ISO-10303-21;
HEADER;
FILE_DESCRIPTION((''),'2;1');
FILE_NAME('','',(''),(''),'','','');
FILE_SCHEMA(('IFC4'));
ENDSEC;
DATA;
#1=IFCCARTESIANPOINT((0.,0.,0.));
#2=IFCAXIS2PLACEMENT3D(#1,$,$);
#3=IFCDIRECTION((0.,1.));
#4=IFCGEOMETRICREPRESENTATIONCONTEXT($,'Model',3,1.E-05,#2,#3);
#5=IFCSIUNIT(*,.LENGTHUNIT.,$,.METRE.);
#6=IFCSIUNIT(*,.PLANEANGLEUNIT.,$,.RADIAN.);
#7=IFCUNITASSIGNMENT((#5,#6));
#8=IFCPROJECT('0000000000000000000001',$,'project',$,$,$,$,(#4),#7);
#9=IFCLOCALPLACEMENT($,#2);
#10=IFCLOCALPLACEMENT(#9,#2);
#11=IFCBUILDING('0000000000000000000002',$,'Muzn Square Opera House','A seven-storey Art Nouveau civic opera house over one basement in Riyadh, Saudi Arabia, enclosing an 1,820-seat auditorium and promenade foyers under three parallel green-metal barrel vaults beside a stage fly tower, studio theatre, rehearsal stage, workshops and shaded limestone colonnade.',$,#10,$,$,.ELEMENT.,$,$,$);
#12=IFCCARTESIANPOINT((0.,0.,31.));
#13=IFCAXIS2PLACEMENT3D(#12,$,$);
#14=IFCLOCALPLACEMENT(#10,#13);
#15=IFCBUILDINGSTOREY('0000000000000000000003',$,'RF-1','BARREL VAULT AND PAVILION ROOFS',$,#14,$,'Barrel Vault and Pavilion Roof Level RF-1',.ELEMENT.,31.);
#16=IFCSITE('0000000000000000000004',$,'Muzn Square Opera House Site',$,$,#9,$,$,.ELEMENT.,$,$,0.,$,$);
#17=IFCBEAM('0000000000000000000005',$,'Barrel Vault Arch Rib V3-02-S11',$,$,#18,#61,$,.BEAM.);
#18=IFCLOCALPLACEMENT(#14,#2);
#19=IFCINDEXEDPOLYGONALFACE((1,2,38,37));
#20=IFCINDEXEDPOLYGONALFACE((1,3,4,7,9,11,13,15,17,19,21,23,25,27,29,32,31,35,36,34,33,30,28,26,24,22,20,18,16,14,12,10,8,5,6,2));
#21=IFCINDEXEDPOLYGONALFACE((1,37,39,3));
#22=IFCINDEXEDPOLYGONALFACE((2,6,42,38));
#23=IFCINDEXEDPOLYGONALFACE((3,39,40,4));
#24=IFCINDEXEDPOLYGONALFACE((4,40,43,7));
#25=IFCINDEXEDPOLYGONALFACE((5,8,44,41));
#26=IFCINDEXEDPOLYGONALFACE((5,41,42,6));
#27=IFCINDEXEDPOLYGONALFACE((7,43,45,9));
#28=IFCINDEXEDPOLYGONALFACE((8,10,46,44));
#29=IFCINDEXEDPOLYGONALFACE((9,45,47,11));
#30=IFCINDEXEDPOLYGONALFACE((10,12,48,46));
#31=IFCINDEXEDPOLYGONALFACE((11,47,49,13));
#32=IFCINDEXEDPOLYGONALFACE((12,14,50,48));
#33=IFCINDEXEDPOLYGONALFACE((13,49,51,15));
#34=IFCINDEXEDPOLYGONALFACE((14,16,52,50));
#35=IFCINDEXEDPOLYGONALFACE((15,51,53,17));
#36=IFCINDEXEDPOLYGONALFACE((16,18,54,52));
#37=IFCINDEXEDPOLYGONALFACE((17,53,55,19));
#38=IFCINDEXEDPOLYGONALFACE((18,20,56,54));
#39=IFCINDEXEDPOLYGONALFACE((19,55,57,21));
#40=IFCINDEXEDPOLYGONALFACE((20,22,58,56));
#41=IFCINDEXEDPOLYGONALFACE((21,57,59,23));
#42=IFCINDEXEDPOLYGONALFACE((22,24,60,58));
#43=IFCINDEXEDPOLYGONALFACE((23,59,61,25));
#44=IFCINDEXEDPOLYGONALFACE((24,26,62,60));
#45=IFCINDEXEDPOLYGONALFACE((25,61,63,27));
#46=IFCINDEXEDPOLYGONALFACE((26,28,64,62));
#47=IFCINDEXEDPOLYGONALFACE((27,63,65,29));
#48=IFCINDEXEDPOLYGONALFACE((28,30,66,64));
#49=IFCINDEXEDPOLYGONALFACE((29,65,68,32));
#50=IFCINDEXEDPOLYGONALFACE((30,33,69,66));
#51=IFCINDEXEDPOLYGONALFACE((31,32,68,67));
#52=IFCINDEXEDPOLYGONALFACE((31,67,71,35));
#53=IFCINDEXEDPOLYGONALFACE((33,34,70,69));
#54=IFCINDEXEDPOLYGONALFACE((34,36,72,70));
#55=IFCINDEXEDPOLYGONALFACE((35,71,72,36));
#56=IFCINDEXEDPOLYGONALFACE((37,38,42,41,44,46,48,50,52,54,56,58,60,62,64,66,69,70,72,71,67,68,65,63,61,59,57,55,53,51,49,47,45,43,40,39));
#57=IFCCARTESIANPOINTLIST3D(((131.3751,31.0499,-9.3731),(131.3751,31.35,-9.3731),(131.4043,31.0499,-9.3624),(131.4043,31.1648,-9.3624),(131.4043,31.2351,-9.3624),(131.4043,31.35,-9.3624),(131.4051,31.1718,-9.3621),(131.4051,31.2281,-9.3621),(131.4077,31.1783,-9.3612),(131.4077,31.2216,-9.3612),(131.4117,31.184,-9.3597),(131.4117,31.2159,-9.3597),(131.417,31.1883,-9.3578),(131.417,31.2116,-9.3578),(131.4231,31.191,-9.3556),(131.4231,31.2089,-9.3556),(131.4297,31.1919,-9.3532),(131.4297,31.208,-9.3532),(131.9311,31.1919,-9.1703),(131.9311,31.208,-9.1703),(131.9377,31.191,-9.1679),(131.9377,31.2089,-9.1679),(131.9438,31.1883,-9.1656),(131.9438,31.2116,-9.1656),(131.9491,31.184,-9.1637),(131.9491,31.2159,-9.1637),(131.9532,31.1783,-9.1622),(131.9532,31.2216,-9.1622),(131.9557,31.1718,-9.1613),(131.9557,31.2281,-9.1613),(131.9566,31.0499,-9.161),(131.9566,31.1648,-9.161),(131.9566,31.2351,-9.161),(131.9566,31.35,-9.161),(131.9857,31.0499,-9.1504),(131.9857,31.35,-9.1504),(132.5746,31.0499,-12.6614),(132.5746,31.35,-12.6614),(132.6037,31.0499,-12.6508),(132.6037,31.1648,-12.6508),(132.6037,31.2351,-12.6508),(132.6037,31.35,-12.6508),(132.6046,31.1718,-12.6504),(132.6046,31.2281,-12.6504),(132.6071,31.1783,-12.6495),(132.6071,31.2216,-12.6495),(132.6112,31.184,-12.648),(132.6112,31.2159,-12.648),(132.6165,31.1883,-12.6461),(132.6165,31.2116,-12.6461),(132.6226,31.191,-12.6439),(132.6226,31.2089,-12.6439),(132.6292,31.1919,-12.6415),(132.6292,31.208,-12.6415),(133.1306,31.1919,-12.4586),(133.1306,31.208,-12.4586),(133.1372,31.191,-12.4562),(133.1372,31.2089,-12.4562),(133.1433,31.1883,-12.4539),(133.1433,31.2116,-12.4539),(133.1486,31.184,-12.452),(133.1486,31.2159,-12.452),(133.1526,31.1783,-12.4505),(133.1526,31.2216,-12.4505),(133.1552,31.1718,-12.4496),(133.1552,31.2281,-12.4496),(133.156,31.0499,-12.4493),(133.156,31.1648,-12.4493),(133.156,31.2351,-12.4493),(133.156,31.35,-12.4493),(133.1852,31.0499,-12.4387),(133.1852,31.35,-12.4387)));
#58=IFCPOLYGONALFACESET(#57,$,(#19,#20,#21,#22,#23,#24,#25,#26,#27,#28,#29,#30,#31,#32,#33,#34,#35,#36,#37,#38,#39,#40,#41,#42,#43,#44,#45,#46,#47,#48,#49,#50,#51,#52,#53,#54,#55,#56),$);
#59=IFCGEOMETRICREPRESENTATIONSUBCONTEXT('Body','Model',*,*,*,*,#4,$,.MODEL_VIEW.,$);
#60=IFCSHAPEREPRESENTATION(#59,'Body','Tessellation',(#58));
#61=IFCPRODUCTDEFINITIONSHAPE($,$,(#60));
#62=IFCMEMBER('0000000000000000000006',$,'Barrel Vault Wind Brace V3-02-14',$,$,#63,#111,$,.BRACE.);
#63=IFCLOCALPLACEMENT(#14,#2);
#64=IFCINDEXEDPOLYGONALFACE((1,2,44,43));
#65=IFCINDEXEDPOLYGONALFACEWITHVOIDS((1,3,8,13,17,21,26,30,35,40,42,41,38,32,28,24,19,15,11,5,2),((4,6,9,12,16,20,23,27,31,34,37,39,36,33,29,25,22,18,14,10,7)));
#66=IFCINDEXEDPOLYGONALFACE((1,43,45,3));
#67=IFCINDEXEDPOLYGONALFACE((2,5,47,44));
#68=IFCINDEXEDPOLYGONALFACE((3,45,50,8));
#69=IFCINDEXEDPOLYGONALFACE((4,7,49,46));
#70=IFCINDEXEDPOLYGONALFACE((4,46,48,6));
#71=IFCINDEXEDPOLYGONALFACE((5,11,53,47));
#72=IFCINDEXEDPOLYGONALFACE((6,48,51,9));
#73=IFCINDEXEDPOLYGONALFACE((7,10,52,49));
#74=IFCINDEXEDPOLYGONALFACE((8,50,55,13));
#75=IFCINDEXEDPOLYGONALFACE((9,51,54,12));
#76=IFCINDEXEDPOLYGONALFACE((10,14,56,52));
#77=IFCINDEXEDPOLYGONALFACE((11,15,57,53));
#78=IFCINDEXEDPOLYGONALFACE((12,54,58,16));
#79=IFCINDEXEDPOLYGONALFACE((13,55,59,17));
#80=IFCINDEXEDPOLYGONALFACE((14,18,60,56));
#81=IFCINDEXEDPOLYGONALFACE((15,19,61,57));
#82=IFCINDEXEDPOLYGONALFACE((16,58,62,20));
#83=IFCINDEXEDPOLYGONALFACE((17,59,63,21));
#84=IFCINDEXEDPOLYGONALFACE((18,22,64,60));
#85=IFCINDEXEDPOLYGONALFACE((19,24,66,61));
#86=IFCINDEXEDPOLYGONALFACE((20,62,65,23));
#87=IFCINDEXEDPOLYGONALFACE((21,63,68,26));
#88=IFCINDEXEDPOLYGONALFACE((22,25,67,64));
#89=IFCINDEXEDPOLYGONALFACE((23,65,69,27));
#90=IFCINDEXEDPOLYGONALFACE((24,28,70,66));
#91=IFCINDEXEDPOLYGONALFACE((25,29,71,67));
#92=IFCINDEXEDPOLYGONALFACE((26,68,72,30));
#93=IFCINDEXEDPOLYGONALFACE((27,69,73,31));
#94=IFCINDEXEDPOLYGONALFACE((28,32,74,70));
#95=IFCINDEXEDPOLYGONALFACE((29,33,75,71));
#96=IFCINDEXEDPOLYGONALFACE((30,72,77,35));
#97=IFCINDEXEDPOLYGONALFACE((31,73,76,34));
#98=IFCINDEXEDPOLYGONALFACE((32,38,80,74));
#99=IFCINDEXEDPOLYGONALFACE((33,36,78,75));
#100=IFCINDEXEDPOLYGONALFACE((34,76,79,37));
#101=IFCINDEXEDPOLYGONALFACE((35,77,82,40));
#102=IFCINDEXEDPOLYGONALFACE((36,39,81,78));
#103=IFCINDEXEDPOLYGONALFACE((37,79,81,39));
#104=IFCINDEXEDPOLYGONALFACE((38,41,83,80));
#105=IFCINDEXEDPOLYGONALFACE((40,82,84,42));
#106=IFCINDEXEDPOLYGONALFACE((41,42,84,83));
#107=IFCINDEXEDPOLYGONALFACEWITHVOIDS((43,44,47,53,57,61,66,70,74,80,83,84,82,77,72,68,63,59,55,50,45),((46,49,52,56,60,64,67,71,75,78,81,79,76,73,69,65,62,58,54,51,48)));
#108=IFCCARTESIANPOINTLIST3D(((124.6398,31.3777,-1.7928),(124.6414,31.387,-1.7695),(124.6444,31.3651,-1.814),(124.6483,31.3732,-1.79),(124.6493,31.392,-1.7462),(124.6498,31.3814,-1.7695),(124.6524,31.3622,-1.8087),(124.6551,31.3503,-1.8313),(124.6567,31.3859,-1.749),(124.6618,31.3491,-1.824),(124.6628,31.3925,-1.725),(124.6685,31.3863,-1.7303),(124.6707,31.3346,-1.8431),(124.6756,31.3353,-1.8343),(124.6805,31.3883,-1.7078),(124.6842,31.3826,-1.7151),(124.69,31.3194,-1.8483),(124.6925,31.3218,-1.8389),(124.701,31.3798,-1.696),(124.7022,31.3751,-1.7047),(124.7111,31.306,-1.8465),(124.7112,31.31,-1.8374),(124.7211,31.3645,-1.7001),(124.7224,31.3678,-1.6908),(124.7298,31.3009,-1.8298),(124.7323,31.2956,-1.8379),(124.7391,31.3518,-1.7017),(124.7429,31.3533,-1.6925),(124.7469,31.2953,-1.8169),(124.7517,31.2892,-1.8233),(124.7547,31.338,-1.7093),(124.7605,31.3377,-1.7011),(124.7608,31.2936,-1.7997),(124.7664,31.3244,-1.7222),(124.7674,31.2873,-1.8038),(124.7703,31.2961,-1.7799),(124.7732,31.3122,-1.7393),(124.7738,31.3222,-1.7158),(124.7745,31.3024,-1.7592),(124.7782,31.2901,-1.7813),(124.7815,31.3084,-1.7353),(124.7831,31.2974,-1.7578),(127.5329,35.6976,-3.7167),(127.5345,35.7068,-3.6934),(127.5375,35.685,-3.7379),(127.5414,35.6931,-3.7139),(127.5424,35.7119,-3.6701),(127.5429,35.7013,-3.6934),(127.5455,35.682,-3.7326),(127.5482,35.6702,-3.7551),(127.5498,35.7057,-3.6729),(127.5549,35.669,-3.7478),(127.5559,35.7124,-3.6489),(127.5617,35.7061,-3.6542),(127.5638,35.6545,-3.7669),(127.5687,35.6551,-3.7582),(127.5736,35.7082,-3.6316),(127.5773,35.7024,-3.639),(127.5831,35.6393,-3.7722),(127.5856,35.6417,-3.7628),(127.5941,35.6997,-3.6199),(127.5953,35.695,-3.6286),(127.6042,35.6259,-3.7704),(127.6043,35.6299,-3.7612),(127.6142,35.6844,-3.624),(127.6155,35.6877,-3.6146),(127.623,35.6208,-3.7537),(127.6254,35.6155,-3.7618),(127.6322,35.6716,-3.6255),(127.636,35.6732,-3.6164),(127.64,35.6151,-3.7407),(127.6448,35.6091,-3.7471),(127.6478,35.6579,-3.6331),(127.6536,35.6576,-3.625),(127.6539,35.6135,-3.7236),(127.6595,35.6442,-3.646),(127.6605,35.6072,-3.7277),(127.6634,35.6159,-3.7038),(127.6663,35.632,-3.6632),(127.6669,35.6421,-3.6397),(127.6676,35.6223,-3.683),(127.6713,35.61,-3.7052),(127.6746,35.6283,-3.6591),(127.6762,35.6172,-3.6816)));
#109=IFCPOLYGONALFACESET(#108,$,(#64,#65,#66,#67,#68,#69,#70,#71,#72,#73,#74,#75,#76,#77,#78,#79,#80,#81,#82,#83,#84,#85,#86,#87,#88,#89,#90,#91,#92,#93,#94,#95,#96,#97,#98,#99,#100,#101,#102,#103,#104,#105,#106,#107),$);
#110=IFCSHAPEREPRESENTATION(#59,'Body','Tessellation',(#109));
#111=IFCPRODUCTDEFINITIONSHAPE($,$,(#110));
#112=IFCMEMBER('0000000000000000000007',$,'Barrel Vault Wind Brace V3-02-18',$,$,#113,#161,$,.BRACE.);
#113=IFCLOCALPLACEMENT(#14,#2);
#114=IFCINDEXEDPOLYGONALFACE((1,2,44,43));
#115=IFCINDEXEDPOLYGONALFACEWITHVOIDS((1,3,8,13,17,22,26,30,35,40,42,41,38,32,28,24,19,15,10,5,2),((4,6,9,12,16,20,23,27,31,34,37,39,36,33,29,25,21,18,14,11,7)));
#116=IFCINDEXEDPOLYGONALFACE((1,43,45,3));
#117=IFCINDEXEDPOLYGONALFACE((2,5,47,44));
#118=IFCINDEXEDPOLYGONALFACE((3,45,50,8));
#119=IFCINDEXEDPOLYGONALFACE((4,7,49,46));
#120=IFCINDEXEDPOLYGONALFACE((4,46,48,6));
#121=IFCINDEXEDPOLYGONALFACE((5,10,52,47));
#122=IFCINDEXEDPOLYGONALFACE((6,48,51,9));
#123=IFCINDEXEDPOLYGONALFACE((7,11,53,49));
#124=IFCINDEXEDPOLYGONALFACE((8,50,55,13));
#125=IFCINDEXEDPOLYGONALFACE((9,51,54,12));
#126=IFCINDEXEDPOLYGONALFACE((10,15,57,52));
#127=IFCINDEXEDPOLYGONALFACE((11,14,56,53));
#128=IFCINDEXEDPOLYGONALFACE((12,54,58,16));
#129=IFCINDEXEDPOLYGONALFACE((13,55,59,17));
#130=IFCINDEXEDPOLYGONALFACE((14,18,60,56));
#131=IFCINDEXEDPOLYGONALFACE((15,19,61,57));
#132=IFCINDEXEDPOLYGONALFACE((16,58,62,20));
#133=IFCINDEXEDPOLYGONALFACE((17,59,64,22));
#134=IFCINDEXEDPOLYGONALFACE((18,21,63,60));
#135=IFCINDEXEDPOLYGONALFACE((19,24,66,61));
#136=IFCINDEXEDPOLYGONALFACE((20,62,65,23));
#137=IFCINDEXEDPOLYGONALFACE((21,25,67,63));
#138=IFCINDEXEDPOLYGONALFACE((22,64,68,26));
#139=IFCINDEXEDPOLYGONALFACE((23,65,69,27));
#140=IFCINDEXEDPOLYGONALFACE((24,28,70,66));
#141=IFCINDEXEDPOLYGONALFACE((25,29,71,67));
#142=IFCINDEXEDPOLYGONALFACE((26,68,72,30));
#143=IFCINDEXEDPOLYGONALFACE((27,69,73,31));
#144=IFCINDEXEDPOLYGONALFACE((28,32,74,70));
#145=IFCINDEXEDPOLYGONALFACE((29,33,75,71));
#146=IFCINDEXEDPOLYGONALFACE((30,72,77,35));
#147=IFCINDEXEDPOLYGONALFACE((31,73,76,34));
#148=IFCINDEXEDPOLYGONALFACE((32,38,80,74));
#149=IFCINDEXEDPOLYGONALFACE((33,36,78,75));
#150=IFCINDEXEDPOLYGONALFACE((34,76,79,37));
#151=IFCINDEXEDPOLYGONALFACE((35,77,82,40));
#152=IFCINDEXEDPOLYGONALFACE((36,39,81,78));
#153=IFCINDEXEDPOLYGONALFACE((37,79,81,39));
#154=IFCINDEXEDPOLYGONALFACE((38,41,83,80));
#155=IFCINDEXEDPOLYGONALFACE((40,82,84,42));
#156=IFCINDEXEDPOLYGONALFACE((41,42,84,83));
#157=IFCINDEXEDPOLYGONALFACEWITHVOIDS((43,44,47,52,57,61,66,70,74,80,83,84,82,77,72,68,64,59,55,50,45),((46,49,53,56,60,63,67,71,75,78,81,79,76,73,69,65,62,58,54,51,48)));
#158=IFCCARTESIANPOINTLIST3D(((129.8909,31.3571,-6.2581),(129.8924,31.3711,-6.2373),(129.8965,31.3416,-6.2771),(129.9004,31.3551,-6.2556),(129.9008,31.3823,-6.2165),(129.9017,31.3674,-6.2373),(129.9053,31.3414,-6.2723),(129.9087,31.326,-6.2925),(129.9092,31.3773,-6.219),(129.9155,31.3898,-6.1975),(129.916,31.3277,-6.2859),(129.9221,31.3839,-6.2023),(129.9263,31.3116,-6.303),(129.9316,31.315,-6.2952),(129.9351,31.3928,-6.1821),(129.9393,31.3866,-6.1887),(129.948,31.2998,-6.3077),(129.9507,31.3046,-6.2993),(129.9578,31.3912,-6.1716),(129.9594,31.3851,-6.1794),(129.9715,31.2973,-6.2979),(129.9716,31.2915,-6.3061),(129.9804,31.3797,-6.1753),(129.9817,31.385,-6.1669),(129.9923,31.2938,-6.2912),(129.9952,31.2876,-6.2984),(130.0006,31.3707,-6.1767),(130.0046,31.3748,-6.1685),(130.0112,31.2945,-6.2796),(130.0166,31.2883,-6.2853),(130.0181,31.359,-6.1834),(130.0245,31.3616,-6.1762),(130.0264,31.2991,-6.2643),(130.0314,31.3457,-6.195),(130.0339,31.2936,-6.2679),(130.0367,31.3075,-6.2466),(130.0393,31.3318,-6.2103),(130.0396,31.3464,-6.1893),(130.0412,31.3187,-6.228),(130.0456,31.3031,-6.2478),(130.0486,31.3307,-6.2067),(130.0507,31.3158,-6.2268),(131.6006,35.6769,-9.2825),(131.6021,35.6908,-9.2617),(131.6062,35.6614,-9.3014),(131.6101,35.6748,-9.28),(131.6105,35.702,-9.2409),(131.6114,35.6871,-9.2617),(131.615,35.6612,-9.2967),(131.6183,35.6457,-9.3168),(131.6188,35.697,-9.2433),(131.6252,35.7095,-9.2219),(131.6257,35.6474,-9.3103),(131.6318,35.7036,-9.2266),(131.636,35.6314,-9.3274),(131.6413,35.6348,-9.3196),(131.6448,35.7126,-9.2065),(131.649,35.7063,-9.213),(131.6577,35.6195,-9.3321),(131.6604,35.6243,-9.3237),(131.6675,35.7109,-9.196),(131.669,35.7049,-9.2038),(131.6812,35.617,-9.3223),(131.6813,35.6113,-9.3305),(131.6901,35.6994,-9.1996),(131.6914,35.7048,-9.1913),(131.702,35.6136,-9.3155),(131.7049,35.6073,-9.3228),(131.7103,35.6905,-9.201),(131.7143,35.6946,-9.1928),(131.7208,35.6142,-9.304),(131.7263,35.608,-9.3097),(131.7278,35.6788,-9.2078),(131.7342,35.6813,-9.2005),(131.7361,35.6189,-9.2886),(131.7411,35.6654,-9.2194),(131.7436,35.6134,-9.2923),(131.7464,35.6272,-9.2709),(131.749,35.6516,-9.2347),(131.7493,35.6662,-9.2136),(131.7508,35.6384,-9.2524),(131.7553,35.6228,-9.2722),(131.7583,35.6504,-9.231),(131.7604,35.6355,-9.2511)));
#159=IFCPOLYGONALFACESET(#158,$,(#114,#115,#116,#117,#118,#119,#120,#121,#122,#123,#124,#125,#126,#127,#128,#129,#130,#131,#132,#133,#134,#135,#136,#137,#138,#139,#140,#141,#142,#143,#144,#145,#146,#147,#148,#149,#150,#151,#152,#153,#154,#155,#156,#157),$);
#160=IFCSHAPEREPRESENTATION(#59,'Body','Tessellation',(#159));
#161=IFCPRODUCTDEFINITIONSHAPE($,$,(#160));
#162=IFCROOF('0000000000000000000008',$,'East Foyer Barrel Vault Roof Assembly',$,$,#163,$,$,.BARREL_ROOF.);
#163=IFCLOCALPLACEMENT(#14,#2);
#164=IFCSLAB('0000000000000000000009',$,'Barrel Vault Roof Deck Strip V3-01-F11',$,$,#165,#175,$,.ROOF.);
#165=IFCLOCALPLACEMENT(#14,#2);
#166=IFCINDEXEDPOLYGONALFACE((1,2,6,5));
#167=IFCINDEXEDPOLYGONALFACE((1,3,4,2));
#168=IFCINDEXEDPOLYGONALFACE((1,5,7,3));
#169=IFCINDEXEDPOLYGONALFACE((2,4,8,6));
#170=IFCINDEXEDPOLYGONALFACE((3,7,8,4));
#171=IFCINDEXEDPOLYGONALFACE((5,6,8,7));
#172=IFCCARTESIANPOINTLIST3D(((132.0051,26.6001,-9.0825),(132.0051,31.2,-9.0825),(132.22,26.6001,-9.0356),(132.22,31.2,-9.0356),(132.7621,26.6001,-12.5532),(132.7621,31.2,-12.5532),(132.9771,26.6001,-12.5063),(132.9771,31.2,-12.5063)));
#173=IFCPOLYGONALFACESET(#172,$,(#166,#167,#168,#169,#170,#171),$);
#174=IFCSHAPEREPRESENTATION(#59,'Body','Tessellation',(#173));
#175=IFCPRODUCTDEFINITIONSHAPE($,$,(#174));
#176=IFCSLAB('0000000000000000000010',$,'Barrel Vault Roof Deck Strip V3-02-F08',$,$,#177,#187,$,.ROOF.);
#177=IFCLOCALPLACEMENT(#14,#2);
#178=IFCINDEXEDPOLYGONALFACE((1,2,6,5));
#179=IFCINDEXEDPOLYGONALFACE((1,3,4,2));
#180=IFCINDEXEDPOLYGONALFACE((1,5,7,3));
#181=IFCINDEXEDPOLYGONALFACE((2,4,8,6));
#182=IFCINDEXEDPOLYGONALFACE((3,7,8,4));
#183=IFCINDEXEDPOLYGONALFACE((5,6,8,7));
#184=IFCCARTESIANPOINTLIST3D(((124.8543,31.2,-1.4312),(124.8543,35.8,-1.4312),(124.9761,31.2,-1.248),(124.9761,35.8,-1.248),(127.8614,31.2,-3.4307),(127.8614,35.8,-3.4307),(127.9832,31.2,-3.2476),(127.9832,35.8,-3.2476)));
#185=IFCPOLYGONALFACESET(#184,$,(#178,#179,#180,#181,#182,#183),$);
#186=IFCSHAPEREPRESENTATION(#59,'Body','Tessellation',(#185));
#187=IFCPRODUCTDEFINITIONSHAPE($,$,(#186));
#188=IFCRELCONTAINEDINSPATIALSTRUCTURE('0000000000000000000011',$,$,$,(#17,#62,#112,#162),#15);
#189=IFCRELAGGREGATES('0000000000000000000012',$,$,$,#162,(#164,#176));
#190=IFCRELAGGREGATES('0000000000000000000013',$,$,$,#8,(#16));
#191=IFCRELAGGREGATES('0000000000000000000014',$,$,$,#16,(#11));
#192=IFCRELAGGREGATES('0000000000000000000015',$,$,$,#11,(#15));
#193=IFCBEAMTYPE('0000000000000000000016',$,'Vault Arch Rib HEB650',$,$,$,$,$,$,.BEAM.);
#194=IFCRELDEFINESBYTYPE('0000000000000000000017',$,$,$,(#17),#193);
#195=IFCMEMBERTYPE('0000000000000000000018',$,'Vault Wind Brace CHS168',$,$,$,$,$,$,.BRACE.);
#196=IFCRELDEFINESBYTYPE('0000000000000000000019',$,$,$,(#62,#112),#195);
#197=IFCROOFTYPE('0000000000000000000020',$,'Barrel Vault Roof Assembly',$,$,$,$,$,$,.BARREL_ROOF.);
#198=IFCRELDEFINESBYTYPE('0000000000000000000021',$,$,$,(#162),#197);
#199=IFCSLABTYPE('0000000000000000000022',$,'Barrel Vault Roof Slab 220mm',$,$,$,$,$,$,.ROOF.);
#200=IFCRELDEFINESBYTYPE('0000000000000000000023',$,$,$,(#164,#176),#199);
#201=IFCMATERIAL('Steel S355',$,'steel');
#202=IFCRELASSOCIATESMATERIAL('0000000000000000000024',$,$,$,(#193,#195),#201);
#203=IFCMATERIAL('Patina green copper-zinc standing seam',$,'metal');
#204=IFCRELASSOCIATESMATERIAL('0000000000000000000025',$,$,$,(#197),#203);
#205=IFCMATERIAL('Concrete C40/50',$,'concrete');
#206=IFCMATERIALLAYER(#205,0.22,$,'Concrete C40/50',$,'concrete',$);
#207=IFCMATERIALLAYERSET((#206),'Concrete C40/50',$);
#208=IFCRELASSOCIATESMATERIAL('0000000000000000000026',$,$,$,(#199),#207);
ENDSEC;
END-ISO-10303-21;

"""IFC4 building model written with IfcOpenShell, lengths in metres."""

from ifc_helpers import new_model, si_unit, direction, frame, origin, origin_2d, place, context, subcontext, project, spatial, polyline, hollow_circle, i_section, outline, extrude, material, layer, layer_set, material_profile, profile_set, type_object, element, aggregate, save


model = new_model("IFC4")

# Units and contexts
model_context = context("Model", 3, precision=1e-05, world=origin(), true_north=direction((0.0, 1.0)))
body_context = subcontext(model_context, "Body", "Model", "MODEL_VIEW")
ifc_project = project(units=[si_unit("LENGTHUNIT", "METRE"), si_unit("PLANEANGLEUNIT", "RADIAN")], contexts=[model_context])

# Site, building, storey
site_placement = place(None, origin())
site = spatial("IfcSite", under=ifc_project, at=site_placement, Name="Muzn Square Opera House Site", CompositionType="ELEMENT", RefElevation=0.0)
building_placement = place(site_placement, origin())
building = spatial("IfcBuilding", under=site, at=building_placement, Name="Muzn Square Opera House", Description="A seven-storey Art Nouveau civic opera house over one basement in Riyadh, Saudi Arabia, enclosing an 1,820-seat auditorium and promenade foyers under three parallel green-metal barrel vaults beside a stage fly tower, studio theatre, rehearsal stage, workshops and shaded limestone colonnade.", CompositionType="ELEMENT")
storey_placement = place(building_placement, frame((0.0, 0.0, 31.0)))
storey = spatial("IfcBuildingStorey", under=building, at=storey_placement, Name="RF-1", Description="BARREL VAULT AND PAVILION ROOFS", LongName="Barrel Vault and Pavilion Roof Level RF-1", CompositionType="ELEMENT", Elevation=31.0)

# Beam
ifc_material_1 = material(Name="Steel S355", Category="steel")
ifc_material_profile_1 = material_profile(ifc_material_1, i_section(OverallWidth=0.3, OverallDepth=0.6499, WebThickness=0.0161, FlangeThickness=0.031, FilletRadius=0.0271, at=origin_2d()), Name="HEB 650", Category="steel")
ifc_profile_set_1 = profile_set([ifc_material_profile_1], Name="Steel S355")
beam_type_1 = type_object("IfcBeamType", Name="Vault Arch Rib HEB650", PredefinedType="BEAM", material=ifc_profile_set_1)
beam_1_placement = place(storey_placement, frame((131.6804, 31.2, -9.2617), z_axis=(0.342678, 0.0, -0.939453), x_axis=(0.0, 1.0, 0.0)))
element("IfcBeam", 1, at=beam_1_placement, inside=storey, type_object=beam_type_1, Name="Barrel Vault Arch Rib V3-02-S11", PredefinedType="BEAM", context=body_context, shape_type="SweptSolid", body=[
    extrude(i_section(OverallWidth=0.3, OverallDepth=0.6499, WebThickness=0.0161, FlangeThickness=0.031, FilletRadius=0.0271, at=origin_2d()), origin(), (0.0, 0.0, 1.0), 3.5002),
])

# Members
ifc_material_profile_2 = material_profile(ifc_material_1, hollow_circle(Radius=0.0842, WallThickness=0.01, at=origin_2d()), Name="CHS 168.3x10", Category="steel")
ifc_profile_set_2 = profile_set([ifc_material_profile_2], Name="Steel S355")
member_type = type_object("IfcMemberType", Name="Vault Wind Brace CHS168", PredefinedType="BRACE", material=ifc_profile_set_2)
member_1_placement = place(storey_placement, frame((124.7114, 31.3401, -1.7695), z_axis=(0.521872, 0.779241, -0.347034), x_axis=(-0.830878, 0.556454, 0.0)))
element("IfcMember", 2, at=member_1_placement, inside=storey, type_object=member_type, Name="Barrel Vault Wind Brace V3-02-14", PredefinedType="BRACE", context=body_context, shape_type="SweptSolid", body=[
    extrude(hollow_circle(Radius=0.0842, WallThickness=0.01, at=origin_2d()), origin(), (0.0, 0.0, 1.0), 5.5437),
])
member_2_placement = place(storey_placement, frame((129.9707, 31.3401, -6.2373), z_axis=(0.308415, 0.77925, -0.545572), x_axis=(-0.929822, 0.368009, 0.0)))
element("IfcMember", 3, at=member_2_placement, inside=storey, type_object=member_type, Name="Barrel Vault Wind Brace V3-02-18", PredefinedType="BRACE", context=body_context, shape_type="SweptSolid", body=[
    extrude(hollow_circle(Radius=0.0842, WallThickness=0.01, at=origin_2d()), origin(), (0.0, 0.0, 1.0), 5.5435),
])

# Roof, slabs
ifc_material_2 = material(Name="Patina green copper-zinc standing seam", Category="metal")
roof_type = type_object("IfcRoofType", Name="Barrel Vault Roof Assembly", PredefinedType="BARREL_ROOF", material=ifc_material_2)
roof_placement = place(storey_placement, origin())
roof = element("IfcRoof", 4, at=roof_placement, inside=storey, type_object=roof_type, Name="East Foyer Barrel Vault Roof Assembly", PredefinedType="BARREL_ROOF")
ifc_material_3 = material(Name="Concrete C40/50", Category="concrete")
ifc_layer_1 = layer(ifc_material_3, 0.22, Name="Concrete C40/50", Category="concrete")
ifc_layer_set_1 = layer_set([ifc_layer_1], Name="Concrete C40/50")
slab_type = type_object("IfcSlabType", Name="Barrel Vault Roof Slab 220mm", PredefinedType="ROOF", material=ifc_layer_set_1)
slab_1_placement = place(storey_placement, frame((132.22, 26.6001, -9.0356), z_axis=(0.977025, 0.0, 0.213123), x_axis=(0.213123, 0.0, -0.977025)))
slab_1 = element("IfcSlab", 5, at=slab_1_placement, type_object=slab_type, Name="Barrel Vault Roof Deck Strip V3-01-F11", PredefinedType="ROOF", context=body_context, shape_type="SweptSolid", body=[
    extrude(outline(polyline([(0.0, 0.0), (3.5523, 0.0), (3.5523, 4.5999), (0.0, 4.5999), (0.0, 0.0)])), origin(), (0.0, 0.0, -1.0), 0.22),
])
slab_2_placement = place(storey_placement, frame((124.9761, 31.2, -1.248), z_axis=(0.553701, 0.0, 0.832715), x_axis=(0.832715, 0.0, -0.553701)))
slab_2 = element("IfcSlab", 6, at=slab_2_placement, type_object=slab_type, Name="Barrel Vault Roof Deck Strip V3-02-F08", PredefinedType="ROOF", context=body_context, shape_type="SweptSolid", body=[
    extrude(outline(polyline([(0.0, 0.0), (3.6112, 0.0), (3.6112, 4.6001), (0.0, 4.6001), (0.0, 0.0)])), origin(), (0.0, 0.0, -1.0), 0.22),
])
aggregate(roof, [slab_1, slab_2])

save(model, "model.ifc")
